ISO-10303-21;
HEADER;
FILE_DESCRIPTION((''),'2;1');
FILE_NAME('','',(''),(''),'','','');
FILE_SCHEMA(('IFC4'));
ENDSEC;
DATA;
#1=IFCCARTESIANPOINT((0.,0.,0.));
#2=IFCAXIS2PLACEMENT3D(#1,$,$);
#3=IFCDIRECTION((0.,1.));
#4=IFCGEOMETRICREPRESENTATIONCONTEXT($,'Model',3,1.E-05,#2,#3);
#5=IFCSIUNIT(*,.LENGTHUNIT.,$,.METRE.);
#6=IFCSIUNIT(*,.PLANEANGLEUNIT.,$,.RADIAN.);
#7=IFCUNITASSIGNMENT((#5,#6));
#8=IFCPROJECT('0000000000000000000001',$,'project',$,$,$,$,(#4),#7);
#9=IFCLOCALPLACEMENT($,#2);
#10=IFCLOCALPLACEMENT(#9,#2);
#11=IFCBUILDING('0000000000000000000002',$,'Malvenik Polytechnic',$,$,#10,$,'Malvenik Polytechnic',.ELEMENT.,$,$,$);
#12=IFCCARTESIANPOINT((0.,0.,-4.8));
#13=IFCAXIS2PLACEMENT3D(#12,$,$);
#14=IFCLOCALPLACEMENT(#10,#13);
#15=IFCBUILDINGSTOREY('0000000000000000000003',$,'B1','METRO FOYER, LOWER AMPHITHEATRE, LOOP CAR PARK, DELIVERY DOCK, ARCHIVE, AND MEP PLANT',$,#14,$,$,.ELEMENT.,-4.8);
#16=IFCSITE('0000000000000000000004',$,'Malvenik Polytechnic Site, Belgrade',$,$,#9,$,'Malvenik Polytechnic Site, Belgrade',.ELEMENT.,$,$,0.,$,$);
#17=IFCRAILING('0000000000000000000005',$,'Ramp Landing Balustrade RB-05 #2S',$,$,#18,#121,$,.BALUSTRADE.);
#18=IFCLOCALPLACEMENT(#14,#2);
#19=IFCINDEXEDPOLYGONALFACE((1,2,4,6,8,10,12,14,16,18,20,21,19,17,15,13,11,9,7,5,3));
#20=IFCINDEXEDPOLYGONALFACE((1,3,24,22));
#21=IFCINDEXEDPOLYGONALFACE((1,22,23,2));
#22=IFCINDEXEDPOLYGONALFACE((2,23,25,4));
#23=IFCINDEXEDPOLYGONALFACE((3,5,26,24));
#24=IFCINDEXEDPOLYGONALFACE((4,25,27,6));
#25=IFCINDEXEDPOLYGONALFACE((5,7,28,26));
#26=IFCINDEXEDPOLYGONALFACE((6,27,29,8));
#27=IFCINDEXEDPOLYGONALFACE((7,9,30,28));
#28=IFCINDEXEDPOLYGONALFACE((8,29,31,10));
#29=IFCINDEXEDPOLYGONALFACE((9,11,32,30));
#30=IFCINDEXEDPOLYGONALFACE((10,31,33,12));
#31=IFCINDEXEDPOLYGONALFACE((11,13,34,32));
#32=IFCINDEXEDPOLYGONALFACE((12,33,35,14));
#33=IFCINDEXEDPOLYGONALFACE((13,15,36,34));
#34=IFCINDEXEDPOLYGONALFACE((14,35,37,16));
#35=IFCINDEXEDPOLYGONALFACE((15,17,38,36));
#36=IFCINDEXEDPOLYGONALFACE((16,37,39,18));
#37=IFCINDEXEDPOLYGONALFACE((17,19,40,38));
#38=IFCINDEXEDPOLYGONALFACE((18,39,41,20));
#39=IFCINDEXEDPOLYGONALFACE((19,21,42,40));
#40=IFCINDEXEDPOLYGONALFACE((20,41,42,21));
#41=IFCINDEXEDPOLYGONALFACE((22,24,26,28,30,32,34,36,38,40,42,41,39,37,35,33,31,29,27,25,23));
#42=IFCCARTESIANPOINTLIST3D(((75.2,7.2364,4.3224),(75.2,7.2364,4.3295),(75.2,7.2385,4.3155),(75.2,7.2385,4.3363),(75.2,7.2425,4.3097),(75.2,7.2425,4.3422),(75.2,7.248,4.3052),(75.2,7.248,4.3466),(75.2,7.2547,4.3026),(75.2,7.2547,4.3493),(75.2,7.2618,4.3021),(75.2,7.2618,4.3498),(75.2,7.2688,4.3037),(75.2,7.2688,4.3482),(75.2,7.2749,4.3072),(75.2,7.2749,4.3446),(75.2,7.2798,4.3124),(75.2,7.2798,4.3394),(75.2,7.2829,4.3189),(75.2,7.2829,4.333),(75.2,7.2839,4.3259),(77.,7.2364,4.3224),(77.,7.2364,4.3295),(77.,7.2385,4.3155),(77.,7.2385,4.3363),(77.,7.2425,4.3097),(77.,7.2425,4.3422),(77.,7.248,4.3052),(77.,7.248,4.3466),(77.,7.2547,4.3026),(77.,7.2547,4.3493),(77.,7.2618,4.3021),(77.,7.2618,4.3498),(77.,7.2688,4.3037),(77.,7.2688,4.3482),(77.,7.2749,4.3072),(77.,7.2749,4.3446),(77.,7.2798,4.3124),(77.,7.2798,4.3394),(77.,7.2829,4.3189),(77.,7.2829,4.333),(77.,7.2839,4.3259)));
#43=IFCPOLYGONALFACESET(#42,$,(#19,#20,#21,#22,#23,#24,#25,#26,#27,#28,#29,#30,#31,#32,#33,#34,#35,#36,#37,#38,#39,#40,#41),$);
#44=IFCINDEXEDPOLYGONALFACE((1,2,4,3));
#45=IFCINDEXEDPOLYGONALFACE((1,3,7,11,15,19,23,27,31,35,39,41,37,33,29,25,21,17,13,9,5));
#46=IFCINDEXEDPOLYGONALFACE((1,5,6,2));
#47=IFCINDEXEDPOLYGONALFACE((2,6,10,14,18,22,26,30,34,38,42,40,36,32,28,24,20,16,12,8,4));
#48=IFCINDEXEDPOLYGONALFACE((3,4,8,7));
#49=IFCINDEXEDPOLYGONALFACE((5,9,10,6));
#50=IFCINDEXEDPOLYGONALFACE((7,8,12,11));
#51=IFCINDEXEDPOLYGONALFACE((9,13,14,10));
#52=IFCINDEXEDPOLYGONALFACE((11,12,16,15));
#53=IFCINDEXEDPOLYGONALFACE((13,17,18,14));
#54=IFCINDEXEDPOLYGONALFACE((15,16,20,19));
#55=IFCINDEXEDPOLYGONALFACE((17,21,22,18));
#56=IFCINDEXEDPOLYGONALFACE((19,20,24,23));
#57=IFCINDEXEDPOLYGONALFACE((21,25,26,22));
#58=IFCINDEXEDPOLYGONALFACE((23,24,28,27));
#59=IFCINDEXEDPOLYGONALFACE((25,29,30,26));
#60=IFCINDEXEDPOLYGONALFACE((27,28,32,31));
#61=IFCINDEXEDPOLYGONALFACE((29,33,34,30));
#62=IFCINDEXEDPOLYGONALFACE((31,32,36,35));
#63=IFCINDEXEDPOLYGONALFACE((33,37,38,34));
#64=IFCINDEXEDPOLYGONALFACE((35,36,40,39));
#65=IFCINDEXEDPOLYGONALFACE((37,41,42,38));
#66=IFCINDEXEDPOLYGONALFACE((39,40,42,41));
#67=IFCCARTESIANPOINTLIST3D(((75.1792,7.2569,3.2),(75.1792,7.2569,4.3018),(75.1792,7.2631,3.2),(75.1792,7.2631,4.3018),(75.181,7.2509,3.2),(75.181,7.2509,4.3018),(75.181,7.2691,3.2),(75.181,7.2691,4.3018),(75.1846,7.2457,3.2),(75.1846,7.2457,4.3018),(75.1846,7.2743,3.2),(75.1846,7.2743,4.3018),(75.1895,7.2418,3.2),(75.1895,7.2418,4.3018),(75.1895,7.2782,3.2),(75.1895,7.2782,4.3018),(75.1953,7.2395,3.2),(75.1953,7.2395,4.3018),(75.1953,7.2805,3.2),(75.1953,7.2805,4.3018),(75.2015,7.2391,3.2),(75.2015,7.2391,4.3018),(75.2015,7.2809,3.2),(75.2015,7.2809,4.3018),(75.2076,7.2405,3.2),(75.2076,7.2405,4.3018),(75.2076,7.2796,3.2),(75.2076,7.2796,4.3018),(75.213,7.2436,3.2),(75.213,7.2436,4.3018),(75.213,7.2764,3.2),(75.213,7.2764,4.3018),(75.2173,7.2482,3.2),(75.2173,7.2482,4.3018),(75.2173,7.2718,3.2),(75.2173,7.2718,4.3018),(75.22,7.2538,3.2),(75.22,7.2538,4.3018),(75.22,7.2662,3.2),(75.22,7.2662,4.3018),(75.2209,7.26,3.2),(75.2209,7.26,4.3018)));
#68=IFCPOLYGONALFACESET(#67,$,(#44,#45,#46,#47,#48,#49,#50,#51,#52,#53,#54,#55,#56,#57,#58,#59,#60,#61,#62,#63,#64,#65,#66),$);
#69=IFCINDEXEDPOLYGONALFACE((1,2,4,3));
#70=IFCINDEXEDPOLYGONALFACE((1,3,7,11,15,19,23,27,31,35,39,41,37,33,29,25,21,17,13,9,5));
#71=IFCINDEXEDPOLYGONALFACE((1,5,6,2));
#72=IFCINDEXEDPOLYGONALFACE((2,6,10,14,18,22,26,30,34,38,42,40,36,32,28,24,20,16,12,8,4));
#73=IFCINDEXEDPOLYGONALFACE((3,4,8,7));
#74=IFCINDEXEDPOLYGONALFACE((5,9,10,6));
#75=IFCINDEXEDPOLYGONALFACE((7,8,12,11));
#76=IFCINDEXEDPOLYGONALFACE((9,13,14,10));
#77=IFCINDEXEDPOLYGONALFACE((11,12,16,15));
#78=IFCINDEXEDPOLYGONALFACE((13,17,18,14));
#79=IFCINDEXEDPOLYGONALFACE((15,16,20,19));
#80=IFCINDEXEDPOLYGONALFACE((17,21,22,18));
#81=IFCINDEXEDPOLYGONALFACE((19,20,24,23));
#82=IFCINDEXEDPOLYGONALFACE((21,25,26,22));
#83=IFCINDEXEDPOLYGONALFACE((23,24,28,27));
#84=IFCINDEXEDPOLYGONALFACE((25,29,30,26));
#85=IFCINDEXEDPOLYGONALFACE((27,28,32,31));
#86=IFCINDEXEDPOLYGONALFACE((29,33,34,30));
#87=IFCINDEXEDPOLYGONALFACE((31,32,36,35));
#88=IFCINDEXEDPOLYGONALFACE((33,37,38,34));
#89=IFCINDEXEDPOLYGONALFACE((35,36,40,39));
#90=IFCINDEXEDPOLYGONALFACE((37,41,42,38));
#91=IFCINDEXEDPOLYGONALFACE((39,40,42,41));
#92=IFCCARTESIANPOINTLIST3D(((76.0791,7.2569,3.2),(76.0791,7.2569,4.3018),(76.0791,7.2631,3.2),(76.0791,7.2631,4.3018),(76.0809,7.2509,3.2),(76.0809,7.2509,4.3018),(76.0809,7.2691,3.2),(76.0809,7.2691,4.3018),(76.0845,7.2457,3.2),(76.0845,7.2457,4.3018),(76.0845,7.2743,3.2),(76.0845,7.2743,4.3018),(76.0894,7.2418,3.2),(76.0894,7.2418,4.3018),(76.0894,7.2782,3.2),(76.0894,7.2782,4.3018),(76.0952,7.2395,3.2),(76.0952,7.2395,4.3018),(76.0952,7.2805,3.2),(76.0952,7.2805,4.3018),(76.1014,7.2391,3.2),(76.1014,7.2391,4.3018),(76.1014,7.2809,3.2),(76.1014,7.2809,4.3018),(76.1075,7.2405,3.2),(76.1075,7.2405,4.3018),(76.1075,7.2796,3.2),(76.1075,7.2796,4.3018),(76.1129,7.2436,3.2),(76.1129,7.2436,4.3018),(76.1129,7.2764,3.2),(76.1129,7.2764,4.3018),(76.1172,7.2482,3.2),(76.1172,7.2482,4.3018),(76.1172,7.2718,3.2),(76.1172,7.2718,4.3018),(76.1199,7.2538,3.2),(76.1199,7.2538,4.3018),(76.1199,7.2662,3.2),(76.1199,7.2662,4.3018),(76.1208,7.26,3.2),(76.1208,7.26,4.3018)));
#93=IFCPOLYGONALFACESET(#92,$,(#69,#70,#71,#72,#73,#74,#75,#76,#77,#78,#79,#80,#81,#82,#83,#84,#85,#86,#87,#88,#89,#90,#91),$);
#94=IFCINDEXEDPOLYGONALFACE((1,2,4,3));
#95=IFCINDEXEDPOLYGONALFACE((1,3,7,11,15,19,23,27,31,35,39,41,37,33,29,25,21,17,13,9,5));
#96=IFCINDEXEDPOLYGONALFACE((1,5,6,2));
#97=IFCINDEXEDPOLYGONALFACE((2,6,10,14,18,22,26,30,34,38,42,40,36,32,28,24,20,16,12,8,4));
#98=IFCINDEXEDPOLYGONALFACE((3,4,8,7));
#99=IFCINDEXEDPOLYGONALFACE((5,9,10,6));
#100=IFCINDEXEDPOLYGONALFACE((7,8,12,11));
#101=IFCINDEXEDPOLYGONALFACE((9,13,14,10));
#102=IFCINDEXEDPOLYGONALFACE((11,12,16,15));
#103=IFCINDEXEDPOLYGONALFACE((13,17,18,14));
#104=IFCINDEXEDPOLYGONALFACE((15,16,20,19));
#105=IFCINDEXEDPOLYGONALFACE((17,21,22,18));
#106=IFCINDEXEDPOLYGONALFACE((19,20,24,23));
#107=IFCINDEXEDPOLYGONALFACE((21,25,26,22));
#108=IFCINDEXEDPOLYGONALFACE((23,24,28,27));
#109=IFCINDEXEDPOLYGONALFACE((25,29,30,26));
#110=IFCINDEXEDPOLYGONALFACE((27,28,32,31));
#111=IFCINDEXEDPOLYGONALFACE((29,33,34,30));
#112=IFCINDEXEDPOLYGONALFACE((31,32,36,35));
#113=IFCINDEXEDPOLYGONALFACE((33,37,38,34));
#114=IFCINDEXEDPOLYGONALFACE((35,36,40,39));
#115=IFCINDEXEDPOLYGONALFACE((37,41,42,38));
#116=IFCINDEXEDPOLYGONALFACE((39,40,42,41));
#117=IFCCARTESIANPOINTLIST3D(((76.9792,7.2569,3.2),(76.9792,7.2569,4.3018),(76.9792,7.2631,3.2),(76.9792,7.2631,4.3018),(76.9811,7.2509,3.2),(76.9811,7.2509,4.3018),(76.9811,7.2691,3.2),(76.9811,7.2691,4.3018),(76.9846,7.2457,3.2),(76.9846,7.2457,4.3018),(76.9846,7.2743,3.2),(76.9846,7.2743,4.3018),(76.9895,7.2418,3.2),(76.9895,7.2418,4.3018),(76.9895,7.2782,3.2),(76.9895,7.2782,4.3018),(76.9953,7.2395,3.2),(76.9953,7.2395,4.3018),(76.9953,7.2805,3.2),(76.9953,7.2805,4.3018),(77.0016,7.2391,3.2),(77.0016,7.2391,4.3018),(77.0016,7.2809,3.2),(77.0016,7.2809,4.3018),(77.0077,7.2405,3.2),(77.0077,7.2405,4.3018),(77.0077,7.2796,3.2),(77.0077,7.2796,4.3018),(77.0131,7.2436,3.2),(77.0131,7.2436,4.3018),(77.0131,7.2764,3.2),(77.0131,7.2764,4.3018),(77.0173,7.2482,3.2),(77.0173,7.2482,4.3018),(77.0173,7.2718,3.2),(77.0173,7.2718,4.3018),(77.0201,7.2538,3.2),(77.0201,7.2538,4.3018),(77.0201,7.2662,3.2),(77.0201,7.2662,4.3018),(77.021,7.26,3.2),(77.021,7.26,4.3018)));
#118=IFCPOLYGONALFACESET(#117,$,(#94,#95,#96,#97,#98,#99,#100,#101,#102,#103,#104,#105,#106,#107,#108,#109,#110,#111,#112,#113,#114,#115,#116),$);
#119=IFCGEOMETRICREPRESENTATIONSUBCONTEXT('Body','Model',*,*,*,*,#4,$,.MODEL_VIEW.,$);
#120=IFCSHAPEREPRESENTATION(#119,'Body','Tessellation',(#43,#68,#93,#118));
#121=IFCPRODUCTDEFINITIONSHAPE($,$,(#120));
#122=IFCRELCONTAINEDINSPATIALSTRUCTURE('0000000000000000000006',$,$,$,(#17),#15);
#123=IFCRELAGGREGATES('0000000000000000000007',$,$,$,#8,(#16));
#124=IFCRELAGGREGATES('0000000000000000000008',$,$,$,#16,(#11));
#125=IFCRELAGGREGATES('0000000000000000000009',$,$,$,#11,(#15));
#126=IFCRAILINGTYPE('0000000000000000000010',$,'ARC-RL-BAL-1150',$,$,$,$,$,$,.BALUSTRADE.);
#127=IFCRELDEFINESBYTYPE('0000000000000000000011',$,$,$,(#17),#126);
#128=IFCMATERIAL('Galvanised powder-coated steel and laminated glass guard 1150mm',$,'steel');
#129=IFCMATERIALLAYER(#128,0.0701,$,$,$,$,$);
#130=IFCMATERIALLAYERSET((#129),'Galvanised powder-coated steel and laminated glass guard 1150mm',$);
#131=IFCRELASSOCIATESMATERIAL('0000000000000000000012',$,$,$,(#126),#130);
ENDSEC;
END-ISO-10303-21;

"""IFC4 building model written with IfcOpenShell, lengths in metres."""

from ifc_helpers import new_model, si_unit, direction, frame, origin, origin_2d, place, context, subcontext, project, spatial, circle, extrude, material, layer, layer_set, type_object, element, save


model = new_model("IFC4")

# Units and contexts
model_context = context("Model", 3, precision=1e-05, world=origin(), true_north=direction((0.0, 1.0)))
body_context = subcontext(model_context, "Body", "Model", "MODEL_VIEW")
ifc_project = project(units=[si_unit("LENGTHUNIT", "METRE"), si_unit("PLANEANGLEUNIT", "RADIAN")], contexts=[model_context])

# Site, building, storey
site_placement = place(None, origin())
site = spatial("IfcSite", under=ifc_project, at=site_placement, Name="Malvenik Polytechnic Site, Belgrade", LongName="Malvenik Polytechnic Site, Belgrade", CompositionType="ELEMENT", RefElevation=0.0)
building_placement = place(site_placement, origin())
building = spatial("IfcBuilding", under=site, at=building_placement, Name="Malvenik Polytechnic", LongName="Malvenik Polytechnic", CompositionType="ELEMENT")
storey_placement = place(building_placement, frame((0.0, 0.0, -4.8)))
storey = spatial("IfcBuildingStorey", under=building, at=storey_placement, Name="B1", Description="METRO FOYER, LOWER AMPHITHEATRE, LOOP CAR PARK, DELIVERY DOCK, ARCHIVE, AND MEP PLANT", CompositionType="ELEMENT", Elevation=-4.8)

# Railing
ifc_material_1 = material(Name="Galvanised powder-coated steel and laminated glass guard 1150mm", Category="steel")
ifc_layer_1 = layer(ifc_material_1, 0.0701)
ifc_layer_set_1 = layer_set([ifc_layer_1], Name="Galvanised powder-coated steel and laminated glass guard 1150mm")
railing_type_1 = type_object("IfcRailingType", Name="ARC-RL-BAL-1150", PredefinedType="BALUSTRADE", material=ifc_layer_set_1)
for number, where, name in (
    (1, (75.2, 7.26, 3.2), "Ramp Landing Balustrade RB-05 #2S"),
):
    element("IfcRailing", number, at=place(storey_placement, frame(where)), inside=storey, type_object=railing_type_1, Name=name, PredefinedType="BALUSTRADE", context=body_context, shape_type="SweptSolid", body=[
        extrude(circle(Radius=0.0239, at=origin_2d()), frame((0.0, 0.0, 1.126), z_axis=(1.0, 0.0, 0.0), x_axis=(0.0, 1.0, 0.0)), (0.0, 0.0, 1.0), 1.8),
        extrude(circle(Radius=0.021, at=origin_2d()), origin(), (0.0, 0.0, 1.0), 1.1018),
        extrude(circle(Radius=0.021, at=origin_2d()), frame((0.8999, 0.0, 0.0)), (0.0, 0.0, 1.0), 1.1018),
        extrude(circle(Radius=0.021, at=origin_2d()), frame((1.8, 0.0, 0.0)), (0.0, 0.0, 1.0), 1.1018),
    ])

save(model, "model.ifc")
